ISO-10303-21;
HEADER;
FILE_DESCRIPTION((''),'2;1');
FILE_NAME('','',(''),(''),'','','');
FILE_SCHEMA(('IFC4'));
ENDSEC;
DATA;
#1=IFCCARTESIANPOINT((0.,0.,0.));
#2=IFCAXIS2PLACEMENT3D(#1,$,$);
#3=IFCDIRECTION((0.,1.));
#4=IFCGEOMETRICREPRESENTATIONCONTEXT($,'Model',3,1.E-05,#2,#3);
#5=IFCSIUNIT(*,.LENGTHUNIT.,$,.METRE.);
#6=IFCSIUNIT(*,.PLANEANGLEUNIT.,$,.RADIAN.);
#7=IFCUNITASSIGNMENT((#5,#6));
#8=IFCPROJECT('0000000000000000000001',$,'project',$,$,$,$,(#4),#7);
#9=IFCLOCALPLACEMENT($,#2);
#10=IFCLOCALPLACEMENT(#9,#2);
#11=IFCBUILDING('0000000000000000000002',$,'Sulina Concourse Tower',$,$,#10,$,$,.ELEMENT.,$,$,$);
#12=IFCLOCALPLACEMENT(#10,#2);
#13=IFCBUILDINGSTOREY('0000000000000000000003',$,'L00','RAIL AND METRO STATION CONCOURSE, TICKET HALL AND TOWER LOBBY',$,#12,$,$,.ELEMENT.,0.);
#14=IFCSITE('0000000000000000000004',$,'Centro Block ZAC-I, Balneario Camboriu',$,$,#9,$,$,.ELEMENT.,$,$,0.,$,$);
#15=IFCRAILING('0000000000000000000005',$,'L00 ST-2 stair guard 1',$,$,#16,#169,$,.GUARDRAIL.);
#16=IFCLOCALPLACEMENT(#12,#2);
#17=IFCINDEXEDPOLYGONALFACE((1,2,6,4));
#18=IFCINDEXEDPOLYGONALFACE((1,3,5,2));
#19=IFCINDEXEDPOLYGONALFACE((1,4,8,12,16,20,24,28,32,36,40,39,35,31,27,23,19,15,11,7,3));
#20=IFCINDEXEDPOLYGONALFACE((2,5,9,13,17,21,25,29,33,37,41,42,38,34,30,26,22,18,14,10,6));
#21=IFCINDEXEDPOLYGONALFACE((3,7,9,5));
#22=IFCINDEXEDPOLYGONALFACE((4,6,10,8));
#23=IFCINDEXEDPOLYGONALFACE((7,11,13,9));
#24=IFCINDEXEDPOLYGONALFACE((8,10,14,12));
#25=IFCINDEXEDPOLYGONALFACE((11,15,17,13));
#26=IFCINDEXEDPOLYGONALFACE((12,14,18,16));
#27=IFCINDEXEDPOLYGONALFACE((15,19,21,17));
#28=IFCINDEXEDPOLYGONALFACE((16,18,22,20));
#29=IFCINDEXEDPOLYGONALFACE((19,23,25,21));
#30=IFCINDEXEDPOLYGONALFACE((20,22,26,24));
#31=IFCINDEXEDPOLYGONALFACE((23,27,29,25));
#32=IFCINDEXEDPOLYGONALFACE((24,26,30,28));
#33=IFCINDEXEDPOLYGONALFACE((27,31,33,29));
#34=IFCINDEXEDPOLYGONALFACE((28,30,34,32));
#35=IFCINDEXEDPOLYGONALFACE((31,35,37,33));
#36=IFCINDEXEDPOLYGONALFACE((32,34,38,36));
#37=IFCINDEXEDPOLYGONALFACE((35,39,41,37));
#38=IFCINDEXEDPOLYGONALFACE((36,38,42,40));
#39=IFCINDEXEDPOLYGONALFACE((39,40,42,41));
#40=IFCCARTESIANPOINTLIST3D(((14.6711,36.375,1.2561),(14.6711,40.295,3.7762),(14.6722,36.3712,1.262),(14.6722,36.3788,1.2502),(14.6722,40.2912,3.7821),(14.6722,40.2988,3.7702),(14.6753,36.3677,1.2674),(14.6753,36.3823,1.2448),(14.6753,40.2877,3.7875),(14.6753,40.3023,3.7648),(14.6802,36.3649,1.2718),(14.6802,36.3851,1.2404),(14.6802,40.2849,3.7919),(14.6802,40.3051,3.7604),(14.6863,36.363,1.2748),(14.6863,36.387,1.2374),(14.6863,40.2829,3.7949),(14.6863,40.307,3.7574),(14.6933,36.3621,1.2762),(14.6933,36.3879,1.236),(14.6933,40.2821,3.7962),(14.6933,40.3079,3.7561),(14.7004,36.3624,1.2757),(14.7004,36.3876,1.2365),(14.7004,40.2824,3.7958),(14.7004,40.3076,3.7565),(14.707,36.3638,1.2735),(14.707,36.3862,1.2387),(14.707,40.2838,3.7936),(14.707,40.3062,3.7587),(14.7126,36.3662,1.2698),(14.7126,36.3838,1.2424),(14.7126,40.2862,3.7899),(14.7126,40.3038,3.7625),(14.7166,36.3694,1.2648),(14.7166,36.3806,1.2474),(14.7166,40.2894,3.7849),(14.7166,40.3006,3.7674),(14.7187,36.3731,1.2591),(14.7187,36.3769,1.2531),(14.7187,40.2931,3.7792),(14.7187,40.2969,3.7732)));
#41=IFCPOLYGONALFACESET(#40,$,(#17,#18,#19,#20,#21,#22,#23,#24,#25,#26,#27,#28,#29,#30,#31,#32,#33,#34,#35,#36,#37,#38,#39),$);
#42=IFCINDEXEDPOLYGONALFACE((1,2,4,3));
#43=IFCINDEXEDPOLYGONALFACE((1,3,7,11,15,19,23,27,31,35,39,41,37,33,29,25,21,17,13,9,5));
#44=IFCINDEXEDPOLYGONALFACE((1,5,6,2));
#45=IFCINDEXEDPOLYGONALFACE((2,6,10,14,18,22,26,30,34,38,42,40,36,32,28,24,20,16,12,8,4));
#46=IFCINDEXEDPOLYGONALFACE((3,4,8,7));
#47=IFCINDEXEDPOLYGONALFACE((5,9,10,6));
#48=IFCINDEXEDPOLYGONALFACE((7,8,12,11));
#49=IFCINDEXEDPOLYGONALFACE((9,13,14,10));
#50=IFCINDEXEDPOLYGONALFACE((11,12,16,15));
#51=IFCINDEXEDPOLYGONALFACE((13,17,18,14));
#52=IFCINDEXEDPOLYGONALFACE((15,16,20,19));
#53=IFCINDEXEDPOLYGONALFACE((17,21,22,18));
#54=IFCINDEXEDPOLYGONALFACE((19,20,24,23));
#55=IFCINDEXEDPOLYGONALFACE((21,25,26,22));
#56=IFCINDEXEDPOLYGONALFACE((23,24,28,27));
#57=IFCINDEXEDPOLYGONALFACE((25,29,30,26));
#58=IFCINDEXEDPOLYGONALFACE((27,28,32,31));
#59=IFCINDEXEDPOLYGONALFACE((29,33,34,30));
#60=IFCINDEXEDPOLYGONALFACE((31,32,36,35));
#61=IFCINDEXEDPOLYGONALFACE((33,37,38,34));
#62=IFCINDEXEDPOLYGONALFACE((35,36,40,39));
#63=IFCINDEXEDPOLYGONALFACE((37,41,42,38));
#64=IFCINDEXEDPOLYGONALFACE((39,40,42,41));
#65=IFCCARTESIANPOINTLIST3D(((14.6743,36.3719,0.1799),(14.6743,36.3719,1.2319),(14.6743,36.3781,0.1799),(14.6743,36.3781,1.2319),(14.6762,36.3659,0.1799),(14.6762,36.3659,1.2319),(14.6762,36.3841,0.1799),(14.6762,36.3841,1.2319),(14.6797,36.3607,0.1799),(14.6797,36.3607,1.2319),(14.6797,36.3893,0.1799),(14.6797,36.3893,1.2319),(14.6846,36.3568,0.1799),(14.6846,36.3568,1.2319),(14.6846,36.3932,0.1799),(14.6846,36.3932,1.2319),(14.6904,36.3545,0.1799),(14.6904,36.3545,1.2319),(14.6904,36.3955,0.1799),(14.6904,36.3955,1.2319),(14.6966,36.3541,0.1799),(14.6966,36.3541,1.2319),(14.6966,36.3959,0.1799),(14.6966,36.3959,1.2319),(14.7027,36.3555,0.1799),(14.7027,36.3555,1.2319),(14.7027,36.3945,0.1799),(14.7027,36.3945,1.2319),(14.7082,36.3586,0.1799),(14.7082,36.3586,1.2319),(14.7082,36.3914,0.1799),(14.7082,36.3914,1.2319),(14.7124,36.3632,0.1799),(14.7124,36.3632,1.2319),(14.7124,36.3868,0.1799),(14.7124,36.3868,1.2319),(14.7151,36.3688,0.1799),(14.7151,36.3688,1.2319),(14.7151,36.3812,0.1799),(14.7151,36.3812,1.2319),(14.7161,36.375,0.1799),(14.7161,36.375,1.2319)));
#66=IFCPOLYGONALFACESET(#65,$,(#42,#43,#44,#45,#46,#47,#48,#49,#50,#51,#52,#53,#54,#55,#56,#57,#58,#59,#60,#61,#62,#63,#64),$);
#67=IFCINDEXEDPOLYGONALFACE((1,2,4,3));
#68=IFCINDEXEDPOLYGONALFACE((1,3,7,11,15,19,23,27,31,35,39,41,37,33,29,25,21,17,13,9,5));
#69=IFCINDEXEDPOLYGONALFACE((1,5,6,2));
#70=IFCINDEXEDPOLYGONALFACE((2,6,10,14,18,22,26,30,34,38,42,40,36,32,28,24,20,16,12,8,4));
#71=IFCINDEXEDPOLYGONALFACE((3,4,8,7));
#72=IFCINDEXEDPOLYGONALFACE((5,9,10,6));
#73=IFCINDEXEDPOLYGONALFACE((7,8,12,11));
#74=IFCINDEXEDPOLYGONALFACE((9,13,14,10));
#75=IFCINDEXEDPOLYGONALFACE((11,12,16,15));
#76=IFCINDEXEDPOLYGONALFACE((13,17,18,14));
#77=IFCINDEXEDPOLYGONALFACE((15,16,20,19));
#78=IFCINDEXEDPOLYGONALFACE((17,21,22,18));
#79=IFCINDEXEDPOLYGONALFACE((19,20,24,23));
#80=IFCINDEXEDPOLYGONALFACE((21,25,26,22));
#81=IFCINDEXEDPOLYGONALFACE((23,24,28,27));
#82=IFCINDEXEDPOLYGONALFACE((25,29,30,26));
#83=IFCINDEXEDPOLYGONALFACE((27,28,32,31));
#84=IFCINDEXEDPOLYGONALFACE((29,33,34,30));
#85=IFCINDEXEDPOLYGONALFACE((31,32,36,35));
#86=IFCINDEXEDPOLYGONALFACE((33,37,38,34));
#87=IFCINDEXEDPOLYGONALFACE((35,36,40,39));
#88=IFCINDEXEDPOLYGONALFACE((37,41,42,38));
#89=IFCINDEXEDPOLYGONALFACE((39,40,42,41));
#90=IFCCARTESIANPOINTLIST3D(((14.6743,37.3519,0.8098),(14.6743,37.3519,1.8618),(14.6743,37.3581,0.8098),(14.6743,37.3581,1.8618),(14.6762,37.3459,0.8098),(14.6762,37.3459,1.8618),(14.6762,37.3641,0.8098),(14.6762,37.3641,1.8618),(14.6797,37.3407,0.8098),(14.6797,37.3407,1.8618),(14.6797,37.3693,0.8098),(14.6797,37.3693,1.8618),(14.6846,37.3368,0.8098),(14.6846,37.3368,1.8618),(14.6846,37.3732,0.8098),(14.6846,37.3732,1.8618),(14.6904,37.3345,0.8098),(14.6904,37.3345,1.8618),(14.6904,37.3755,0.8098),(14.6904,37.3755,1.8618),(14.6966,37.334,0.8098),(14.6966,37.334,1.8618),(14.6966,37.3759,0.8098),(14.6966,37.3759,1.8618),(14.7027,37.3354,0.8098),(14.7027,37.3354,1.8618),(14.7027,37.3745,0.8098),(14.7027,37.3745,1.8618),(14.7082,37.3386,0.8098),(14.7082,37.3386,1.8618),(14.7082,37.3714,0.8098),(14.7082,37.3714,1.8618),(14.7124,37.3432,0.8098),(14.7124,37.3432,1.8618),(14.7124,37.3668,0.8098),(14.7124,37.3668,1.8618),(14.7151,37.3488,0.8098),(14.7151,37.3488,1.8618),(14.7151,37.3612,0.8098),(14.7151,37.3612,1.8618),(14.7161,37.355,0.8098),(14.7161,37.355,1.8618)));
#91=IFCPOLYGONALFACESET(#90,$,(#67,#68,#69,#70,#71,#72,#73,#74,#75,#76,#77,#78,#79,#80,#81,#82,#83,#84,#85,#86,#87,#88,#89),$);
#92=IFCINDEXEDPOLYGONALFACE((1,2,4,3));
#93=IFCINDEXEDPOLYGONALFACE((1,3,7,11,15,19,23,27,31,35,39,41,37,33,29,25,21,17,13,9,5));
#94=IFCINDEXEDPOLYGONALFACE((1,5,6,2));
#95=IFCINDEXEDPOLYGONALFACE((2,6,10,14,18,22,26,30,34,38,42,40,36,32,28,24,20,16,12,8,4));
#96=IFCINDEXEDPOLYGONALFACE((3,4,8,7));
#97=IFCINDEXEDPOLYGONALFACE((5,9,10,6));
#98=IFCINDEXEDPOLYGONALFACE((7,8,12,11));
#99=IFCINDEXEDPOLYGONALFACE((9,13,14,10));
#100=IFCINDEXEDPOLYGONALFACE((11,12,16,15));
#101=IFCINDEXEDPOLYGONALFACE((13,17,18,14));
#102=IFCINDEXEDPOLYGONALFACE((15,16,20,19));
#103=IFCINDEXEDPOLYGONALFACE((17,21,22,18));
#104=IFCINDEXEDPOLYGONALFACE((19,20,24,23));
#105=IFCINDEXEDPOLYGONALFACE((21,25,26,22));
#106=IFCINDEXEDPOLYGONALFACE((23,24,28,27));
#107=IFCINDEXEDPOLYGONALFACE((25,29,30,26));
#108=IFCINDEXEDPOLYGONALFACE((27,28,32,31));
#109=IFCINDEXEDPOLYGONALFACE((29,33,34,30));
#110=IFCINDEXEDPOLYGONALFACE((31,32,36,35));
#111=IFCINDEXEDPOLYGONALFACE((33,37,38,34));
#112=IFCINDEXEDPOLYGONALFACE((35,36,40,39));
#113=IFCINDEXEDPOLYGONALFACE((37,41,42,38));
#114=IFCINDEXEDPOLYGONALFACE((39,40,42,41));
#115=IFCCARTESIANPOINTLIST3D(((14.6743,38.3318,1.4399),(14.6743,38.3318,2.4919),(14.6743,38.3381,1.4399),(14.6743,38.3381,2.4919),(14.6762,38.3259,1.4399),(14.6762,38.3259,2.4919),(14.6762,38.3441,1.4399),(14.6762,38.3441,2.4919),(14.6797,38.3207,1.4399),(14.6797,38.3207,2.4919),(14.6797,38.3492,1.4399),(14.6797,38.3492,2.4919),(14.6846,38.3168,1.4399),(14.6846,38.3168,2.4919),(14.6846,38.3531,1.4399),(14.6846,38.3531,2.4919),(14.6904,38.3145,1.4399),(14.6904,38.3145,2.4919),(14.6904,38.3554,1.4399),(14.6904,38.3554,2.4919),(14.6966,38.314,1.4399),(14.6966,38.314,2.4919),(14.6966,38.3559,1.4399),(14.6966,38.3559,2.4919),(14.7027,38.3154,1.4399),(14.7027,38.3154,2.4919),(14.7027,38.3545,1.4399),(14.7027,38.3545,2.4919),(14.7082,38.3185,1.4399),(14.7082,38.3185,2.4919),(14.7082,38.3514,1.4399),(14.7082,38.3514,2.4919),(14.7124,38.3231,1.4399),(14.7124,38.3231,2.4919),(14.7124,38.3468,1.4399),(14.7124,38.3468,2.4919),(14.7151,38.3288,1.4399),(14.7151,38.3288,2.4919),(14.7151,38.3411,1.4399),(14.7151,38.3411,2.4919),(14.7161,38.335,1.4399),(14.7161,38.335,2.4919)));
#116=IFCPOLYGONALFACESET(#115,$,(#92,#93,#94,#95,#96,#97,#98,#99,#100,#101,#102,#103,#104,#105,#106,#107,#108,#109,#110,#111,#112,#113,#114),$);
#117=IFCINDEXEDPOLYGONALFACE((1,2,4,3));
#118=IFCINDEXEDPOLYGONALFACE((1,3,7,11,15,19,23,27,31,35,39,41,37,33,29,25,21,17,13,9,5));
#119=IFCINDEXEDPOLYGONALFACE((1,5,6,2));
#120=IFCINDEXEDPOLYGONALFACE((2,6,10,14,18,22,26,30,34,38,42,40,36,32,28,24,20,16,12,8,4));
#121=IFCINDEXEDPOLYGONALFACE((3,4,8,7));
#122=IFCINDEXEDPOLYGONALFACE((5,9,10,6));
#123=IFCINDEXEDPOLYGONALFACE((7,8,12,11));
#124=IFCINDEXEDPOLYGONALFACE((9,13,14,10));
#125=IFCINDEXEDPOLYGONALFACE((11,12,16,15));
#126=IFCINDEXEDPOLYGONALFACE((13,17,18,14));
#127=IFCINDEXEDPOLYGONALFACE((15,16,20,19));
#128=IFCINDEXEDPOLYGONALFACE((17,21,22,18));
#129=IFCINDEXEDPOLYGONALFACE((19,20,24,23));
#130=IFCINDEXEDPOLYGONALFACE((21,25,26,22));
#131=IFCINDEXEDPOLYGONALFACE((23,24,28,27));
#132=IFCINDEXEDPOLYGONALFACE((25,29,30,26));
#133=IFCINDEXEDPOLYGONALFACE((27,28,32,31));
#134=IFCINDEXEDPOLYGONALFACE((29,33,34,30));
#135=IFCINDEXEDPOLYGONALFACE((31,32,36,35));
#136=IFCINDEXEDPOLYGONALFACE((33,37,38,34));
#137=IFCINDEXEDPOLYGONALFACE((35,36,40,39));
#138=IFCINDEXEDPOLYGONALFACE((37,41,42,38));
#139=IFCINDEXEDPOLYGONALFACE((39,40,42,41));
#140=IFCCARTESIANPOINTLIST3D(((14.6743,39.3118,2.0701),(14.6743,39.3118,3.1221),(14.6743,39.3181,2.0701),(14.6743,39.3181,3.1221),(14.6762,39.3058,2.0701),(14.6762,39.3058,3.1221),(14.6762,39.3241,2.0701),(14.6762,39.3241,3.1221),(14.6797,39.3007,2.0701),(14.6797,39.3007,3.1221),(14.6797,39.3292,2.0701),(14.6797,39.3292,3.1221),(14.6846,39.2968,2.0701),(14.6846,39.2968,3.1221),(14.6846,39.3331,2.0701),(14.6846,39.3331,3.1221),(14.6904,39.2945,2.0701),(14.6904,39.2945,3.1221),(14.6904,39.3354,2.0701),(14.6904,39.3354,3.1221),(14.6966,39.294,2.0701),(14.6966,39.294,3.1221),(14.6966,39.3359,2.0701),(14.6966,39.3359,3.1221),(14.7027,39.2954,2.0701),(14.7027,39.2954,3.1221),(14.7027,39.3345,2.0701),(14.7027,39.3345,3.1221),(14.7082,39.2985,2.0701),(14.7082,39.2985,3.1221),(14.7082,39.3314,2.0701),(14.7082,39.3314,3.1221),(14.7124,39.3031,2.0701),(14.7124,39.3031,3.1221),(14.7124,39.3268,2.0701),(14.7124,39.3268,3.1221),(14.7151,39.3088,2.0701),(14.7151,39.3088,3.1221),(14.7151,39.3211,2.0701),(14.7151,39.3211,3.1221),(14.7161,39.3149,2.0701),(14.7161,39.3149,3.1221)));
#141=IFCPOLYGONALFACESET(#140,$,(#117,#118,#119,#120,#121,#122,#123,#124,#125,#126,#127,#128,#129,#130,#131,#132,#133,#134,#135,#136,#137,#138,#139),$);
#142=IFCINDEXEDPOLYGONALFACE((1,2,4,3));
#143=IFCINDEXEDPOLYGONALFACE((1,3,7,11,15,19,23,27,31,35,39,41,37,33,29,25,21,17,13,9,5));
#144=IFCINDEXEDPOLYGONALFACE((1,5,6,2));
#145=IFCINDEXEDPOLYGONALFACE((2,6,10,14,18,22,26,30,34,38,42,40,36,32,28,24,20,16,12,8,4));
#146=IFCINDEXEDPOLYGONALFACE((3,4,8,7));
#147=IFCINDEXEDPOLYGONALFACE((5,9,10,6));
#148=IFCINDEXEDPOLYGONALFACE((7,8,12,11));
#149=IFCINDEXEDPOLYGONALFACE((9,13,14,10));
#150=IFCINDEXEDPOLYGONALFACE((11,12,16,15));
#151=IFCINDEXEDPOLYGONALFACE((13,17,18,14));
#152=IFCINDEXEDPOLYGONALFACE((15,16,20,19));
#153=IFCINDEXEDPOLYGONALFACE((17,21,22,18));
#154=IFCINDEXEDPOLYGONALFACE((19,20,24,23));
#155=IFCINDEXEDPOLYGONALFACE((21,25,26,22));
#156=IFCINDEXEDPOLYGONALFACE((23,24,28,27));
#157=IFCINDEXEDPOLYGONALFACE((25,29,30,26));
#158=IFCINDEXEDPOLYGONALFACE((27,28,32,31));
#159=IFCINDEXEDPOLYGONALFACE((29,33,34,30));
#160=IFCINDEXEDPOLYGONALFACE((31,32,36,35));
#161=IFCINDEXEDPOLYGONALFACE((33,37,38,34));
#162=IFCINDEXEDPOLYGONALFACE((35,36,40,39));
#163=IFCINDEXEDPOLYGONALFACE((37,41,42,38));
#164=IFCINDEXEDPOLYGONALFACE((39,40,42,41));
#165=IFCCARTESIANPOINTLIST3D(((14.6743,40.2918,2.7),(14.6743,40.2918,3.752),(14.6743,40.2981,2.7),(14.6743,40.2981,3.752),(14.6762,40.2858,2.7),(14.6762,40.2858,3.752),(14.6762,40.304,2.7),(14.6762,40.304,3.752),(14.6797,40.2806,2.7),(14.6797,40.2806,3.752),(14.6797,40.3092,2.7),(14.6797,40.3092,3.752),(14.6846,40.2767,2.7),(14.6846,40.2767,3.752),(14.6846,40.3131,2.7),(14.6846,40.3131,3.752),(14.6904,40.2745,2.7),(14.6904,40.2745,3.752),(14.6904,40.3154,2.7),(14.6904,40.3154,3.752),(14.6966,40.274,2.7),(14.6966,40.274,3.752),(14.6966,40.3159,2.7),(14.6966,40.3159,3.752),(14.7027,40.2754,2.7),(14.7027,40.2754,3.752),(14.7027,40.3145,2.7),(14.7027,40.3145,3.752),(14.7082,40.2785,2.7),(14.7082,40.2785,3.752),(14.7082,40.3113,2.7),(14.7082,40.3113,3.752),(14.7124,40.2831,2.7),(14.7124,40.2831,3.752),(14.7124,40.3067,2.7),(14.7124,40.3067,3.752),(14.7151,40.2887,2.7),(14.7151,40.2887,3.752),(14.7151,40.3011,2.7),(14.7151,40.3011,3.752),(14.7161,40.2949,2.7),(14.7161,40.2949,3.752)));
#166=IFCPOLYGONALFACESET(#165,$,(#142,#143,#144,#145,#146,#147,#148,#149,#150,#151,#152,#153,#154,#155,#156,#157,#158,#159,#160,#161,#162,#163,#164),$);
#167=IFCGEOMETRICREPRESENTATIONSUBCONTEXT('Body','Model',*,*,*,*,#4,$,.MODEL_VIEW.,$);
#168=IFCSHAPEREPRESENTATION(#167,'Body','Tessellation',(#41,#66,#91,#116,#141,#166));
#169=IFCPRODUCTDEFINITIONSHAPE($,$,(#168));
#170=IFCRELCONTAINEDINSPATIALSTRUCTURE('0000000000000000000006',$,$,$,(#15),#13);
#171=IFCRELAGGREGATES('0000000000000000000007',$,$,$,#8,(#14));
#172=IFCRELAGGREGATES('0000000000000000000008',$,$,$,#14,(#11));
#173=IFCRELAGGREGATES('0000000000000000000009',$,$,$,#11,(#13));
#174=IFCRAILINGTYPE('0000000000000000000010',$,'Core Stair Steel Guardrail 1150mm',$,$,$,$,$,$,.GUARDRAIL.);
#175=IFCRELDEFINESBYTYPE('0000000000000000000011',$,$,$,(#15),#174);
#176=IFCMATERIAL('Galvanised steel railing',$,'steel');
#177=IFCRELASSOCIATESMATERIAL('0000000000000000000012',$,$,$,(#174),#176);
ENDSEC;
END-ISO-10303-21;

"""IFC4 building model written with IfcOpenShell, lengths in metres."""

from ifc_helpers import new_model, si_unit, direction, frame, origin, origin_2d, place, context, subcontext, project, spatial, circle, extrude, material, type_object, element, save


model = new_model("IFC4")

# Units and contexts
model_context = context("Model", 3, precision=1e-05, world=origin(), true_north=direction((0.0, 1.0)))
body_context = subcontext(model_context, "Body", "Model", "MODEL_VIEW")
ifc_project = project(units=[si_unit("LENGTHUNIT", "METRE"), si_unit("PLANEANGLEUNIT", "RADIAN")], contexts=[model_context])

# Site, building, storey
site_placement = place(None, origin())
site = spatial("IfcSite", under=ifc_project, at=site_placement, Name="Centro Block ZAC-I, Balneario Camboriu", CompositionType="ELEMENT", RefElevation=0.0)
building_placement = place(site_placement, origin())
building = spatial("IfcBuilding", under=site, at=building_placement, Name="Sulina Concourse Tower", CompositionType="ELEMENT")
storey_placement = place(building_placement, origin())
storey = spatial("IfcBuildingStorey", under=building, at=storey_placement, Name="L00", Description="RAIL AND METRO STATION CONCOURSE, TICKET HALL AND TOWER LOBBY", CompositionType="ELEMENT", Elevation=0.0)

# Railing
ifc_material_1 = material(Name="Galvanised steel railing", Category="steel")
railing_type_1 = type_object("IfcRailingType", Name="Core Stair Steel Guardrail 1150mm", PredefinedType="GUARDRAIL", material=ifc_material_1)
railing_1_placement = place(storey_placement, frame((14.6951, 36.375, 0.1799)))
element("IfcRailing", 1, at=railing_1_placement, inside=storey, type_object=railing_type_1, Name="L00 ST-2 stair guard 1", PredefinedType="GUARDRAIL", context=body_context, shape_type="SweptSolid", body=[
    extrude(circle(Radius=0.0239, at=origin_2d()), frame((0.0, 0.0, 1.0762), z_axis=(0.0, 0.841172, 0.540768), x_axis=(-1.0, 0.0, 0.0)), (0.0, 0.0, 1.0), 4.6602),
    extrude(circle(Radius=0.021, at=origin_2d()), origin(), (0.0, 0.0, 1.0), 1.052),
    extrude(circle(Radius=0.021, at=origin_2d()), frame((0.0, 0.98, 0.6299)), (0.0, 0.0, 1.0), 1.052),
    extrude(circle(Radius=0.021, at=origin_2d()), frame((0.0, 1.96, 1.26)), (0.0, 0.0, 1.0), 1.052),
    extrude(circle(Radius=0.021, at=origin_2d()), frame((0.0, 2.9399, 1.8901)), (0.0, 0.0, 1.0), 1.052),
    extrude(circle(Radius=0.021, at=origin_2d()), frame((0.0, 3.9199, 2.52)), (0.0, 0.0, 1.0), 1.052),
])

save(model, "model.ifc")
